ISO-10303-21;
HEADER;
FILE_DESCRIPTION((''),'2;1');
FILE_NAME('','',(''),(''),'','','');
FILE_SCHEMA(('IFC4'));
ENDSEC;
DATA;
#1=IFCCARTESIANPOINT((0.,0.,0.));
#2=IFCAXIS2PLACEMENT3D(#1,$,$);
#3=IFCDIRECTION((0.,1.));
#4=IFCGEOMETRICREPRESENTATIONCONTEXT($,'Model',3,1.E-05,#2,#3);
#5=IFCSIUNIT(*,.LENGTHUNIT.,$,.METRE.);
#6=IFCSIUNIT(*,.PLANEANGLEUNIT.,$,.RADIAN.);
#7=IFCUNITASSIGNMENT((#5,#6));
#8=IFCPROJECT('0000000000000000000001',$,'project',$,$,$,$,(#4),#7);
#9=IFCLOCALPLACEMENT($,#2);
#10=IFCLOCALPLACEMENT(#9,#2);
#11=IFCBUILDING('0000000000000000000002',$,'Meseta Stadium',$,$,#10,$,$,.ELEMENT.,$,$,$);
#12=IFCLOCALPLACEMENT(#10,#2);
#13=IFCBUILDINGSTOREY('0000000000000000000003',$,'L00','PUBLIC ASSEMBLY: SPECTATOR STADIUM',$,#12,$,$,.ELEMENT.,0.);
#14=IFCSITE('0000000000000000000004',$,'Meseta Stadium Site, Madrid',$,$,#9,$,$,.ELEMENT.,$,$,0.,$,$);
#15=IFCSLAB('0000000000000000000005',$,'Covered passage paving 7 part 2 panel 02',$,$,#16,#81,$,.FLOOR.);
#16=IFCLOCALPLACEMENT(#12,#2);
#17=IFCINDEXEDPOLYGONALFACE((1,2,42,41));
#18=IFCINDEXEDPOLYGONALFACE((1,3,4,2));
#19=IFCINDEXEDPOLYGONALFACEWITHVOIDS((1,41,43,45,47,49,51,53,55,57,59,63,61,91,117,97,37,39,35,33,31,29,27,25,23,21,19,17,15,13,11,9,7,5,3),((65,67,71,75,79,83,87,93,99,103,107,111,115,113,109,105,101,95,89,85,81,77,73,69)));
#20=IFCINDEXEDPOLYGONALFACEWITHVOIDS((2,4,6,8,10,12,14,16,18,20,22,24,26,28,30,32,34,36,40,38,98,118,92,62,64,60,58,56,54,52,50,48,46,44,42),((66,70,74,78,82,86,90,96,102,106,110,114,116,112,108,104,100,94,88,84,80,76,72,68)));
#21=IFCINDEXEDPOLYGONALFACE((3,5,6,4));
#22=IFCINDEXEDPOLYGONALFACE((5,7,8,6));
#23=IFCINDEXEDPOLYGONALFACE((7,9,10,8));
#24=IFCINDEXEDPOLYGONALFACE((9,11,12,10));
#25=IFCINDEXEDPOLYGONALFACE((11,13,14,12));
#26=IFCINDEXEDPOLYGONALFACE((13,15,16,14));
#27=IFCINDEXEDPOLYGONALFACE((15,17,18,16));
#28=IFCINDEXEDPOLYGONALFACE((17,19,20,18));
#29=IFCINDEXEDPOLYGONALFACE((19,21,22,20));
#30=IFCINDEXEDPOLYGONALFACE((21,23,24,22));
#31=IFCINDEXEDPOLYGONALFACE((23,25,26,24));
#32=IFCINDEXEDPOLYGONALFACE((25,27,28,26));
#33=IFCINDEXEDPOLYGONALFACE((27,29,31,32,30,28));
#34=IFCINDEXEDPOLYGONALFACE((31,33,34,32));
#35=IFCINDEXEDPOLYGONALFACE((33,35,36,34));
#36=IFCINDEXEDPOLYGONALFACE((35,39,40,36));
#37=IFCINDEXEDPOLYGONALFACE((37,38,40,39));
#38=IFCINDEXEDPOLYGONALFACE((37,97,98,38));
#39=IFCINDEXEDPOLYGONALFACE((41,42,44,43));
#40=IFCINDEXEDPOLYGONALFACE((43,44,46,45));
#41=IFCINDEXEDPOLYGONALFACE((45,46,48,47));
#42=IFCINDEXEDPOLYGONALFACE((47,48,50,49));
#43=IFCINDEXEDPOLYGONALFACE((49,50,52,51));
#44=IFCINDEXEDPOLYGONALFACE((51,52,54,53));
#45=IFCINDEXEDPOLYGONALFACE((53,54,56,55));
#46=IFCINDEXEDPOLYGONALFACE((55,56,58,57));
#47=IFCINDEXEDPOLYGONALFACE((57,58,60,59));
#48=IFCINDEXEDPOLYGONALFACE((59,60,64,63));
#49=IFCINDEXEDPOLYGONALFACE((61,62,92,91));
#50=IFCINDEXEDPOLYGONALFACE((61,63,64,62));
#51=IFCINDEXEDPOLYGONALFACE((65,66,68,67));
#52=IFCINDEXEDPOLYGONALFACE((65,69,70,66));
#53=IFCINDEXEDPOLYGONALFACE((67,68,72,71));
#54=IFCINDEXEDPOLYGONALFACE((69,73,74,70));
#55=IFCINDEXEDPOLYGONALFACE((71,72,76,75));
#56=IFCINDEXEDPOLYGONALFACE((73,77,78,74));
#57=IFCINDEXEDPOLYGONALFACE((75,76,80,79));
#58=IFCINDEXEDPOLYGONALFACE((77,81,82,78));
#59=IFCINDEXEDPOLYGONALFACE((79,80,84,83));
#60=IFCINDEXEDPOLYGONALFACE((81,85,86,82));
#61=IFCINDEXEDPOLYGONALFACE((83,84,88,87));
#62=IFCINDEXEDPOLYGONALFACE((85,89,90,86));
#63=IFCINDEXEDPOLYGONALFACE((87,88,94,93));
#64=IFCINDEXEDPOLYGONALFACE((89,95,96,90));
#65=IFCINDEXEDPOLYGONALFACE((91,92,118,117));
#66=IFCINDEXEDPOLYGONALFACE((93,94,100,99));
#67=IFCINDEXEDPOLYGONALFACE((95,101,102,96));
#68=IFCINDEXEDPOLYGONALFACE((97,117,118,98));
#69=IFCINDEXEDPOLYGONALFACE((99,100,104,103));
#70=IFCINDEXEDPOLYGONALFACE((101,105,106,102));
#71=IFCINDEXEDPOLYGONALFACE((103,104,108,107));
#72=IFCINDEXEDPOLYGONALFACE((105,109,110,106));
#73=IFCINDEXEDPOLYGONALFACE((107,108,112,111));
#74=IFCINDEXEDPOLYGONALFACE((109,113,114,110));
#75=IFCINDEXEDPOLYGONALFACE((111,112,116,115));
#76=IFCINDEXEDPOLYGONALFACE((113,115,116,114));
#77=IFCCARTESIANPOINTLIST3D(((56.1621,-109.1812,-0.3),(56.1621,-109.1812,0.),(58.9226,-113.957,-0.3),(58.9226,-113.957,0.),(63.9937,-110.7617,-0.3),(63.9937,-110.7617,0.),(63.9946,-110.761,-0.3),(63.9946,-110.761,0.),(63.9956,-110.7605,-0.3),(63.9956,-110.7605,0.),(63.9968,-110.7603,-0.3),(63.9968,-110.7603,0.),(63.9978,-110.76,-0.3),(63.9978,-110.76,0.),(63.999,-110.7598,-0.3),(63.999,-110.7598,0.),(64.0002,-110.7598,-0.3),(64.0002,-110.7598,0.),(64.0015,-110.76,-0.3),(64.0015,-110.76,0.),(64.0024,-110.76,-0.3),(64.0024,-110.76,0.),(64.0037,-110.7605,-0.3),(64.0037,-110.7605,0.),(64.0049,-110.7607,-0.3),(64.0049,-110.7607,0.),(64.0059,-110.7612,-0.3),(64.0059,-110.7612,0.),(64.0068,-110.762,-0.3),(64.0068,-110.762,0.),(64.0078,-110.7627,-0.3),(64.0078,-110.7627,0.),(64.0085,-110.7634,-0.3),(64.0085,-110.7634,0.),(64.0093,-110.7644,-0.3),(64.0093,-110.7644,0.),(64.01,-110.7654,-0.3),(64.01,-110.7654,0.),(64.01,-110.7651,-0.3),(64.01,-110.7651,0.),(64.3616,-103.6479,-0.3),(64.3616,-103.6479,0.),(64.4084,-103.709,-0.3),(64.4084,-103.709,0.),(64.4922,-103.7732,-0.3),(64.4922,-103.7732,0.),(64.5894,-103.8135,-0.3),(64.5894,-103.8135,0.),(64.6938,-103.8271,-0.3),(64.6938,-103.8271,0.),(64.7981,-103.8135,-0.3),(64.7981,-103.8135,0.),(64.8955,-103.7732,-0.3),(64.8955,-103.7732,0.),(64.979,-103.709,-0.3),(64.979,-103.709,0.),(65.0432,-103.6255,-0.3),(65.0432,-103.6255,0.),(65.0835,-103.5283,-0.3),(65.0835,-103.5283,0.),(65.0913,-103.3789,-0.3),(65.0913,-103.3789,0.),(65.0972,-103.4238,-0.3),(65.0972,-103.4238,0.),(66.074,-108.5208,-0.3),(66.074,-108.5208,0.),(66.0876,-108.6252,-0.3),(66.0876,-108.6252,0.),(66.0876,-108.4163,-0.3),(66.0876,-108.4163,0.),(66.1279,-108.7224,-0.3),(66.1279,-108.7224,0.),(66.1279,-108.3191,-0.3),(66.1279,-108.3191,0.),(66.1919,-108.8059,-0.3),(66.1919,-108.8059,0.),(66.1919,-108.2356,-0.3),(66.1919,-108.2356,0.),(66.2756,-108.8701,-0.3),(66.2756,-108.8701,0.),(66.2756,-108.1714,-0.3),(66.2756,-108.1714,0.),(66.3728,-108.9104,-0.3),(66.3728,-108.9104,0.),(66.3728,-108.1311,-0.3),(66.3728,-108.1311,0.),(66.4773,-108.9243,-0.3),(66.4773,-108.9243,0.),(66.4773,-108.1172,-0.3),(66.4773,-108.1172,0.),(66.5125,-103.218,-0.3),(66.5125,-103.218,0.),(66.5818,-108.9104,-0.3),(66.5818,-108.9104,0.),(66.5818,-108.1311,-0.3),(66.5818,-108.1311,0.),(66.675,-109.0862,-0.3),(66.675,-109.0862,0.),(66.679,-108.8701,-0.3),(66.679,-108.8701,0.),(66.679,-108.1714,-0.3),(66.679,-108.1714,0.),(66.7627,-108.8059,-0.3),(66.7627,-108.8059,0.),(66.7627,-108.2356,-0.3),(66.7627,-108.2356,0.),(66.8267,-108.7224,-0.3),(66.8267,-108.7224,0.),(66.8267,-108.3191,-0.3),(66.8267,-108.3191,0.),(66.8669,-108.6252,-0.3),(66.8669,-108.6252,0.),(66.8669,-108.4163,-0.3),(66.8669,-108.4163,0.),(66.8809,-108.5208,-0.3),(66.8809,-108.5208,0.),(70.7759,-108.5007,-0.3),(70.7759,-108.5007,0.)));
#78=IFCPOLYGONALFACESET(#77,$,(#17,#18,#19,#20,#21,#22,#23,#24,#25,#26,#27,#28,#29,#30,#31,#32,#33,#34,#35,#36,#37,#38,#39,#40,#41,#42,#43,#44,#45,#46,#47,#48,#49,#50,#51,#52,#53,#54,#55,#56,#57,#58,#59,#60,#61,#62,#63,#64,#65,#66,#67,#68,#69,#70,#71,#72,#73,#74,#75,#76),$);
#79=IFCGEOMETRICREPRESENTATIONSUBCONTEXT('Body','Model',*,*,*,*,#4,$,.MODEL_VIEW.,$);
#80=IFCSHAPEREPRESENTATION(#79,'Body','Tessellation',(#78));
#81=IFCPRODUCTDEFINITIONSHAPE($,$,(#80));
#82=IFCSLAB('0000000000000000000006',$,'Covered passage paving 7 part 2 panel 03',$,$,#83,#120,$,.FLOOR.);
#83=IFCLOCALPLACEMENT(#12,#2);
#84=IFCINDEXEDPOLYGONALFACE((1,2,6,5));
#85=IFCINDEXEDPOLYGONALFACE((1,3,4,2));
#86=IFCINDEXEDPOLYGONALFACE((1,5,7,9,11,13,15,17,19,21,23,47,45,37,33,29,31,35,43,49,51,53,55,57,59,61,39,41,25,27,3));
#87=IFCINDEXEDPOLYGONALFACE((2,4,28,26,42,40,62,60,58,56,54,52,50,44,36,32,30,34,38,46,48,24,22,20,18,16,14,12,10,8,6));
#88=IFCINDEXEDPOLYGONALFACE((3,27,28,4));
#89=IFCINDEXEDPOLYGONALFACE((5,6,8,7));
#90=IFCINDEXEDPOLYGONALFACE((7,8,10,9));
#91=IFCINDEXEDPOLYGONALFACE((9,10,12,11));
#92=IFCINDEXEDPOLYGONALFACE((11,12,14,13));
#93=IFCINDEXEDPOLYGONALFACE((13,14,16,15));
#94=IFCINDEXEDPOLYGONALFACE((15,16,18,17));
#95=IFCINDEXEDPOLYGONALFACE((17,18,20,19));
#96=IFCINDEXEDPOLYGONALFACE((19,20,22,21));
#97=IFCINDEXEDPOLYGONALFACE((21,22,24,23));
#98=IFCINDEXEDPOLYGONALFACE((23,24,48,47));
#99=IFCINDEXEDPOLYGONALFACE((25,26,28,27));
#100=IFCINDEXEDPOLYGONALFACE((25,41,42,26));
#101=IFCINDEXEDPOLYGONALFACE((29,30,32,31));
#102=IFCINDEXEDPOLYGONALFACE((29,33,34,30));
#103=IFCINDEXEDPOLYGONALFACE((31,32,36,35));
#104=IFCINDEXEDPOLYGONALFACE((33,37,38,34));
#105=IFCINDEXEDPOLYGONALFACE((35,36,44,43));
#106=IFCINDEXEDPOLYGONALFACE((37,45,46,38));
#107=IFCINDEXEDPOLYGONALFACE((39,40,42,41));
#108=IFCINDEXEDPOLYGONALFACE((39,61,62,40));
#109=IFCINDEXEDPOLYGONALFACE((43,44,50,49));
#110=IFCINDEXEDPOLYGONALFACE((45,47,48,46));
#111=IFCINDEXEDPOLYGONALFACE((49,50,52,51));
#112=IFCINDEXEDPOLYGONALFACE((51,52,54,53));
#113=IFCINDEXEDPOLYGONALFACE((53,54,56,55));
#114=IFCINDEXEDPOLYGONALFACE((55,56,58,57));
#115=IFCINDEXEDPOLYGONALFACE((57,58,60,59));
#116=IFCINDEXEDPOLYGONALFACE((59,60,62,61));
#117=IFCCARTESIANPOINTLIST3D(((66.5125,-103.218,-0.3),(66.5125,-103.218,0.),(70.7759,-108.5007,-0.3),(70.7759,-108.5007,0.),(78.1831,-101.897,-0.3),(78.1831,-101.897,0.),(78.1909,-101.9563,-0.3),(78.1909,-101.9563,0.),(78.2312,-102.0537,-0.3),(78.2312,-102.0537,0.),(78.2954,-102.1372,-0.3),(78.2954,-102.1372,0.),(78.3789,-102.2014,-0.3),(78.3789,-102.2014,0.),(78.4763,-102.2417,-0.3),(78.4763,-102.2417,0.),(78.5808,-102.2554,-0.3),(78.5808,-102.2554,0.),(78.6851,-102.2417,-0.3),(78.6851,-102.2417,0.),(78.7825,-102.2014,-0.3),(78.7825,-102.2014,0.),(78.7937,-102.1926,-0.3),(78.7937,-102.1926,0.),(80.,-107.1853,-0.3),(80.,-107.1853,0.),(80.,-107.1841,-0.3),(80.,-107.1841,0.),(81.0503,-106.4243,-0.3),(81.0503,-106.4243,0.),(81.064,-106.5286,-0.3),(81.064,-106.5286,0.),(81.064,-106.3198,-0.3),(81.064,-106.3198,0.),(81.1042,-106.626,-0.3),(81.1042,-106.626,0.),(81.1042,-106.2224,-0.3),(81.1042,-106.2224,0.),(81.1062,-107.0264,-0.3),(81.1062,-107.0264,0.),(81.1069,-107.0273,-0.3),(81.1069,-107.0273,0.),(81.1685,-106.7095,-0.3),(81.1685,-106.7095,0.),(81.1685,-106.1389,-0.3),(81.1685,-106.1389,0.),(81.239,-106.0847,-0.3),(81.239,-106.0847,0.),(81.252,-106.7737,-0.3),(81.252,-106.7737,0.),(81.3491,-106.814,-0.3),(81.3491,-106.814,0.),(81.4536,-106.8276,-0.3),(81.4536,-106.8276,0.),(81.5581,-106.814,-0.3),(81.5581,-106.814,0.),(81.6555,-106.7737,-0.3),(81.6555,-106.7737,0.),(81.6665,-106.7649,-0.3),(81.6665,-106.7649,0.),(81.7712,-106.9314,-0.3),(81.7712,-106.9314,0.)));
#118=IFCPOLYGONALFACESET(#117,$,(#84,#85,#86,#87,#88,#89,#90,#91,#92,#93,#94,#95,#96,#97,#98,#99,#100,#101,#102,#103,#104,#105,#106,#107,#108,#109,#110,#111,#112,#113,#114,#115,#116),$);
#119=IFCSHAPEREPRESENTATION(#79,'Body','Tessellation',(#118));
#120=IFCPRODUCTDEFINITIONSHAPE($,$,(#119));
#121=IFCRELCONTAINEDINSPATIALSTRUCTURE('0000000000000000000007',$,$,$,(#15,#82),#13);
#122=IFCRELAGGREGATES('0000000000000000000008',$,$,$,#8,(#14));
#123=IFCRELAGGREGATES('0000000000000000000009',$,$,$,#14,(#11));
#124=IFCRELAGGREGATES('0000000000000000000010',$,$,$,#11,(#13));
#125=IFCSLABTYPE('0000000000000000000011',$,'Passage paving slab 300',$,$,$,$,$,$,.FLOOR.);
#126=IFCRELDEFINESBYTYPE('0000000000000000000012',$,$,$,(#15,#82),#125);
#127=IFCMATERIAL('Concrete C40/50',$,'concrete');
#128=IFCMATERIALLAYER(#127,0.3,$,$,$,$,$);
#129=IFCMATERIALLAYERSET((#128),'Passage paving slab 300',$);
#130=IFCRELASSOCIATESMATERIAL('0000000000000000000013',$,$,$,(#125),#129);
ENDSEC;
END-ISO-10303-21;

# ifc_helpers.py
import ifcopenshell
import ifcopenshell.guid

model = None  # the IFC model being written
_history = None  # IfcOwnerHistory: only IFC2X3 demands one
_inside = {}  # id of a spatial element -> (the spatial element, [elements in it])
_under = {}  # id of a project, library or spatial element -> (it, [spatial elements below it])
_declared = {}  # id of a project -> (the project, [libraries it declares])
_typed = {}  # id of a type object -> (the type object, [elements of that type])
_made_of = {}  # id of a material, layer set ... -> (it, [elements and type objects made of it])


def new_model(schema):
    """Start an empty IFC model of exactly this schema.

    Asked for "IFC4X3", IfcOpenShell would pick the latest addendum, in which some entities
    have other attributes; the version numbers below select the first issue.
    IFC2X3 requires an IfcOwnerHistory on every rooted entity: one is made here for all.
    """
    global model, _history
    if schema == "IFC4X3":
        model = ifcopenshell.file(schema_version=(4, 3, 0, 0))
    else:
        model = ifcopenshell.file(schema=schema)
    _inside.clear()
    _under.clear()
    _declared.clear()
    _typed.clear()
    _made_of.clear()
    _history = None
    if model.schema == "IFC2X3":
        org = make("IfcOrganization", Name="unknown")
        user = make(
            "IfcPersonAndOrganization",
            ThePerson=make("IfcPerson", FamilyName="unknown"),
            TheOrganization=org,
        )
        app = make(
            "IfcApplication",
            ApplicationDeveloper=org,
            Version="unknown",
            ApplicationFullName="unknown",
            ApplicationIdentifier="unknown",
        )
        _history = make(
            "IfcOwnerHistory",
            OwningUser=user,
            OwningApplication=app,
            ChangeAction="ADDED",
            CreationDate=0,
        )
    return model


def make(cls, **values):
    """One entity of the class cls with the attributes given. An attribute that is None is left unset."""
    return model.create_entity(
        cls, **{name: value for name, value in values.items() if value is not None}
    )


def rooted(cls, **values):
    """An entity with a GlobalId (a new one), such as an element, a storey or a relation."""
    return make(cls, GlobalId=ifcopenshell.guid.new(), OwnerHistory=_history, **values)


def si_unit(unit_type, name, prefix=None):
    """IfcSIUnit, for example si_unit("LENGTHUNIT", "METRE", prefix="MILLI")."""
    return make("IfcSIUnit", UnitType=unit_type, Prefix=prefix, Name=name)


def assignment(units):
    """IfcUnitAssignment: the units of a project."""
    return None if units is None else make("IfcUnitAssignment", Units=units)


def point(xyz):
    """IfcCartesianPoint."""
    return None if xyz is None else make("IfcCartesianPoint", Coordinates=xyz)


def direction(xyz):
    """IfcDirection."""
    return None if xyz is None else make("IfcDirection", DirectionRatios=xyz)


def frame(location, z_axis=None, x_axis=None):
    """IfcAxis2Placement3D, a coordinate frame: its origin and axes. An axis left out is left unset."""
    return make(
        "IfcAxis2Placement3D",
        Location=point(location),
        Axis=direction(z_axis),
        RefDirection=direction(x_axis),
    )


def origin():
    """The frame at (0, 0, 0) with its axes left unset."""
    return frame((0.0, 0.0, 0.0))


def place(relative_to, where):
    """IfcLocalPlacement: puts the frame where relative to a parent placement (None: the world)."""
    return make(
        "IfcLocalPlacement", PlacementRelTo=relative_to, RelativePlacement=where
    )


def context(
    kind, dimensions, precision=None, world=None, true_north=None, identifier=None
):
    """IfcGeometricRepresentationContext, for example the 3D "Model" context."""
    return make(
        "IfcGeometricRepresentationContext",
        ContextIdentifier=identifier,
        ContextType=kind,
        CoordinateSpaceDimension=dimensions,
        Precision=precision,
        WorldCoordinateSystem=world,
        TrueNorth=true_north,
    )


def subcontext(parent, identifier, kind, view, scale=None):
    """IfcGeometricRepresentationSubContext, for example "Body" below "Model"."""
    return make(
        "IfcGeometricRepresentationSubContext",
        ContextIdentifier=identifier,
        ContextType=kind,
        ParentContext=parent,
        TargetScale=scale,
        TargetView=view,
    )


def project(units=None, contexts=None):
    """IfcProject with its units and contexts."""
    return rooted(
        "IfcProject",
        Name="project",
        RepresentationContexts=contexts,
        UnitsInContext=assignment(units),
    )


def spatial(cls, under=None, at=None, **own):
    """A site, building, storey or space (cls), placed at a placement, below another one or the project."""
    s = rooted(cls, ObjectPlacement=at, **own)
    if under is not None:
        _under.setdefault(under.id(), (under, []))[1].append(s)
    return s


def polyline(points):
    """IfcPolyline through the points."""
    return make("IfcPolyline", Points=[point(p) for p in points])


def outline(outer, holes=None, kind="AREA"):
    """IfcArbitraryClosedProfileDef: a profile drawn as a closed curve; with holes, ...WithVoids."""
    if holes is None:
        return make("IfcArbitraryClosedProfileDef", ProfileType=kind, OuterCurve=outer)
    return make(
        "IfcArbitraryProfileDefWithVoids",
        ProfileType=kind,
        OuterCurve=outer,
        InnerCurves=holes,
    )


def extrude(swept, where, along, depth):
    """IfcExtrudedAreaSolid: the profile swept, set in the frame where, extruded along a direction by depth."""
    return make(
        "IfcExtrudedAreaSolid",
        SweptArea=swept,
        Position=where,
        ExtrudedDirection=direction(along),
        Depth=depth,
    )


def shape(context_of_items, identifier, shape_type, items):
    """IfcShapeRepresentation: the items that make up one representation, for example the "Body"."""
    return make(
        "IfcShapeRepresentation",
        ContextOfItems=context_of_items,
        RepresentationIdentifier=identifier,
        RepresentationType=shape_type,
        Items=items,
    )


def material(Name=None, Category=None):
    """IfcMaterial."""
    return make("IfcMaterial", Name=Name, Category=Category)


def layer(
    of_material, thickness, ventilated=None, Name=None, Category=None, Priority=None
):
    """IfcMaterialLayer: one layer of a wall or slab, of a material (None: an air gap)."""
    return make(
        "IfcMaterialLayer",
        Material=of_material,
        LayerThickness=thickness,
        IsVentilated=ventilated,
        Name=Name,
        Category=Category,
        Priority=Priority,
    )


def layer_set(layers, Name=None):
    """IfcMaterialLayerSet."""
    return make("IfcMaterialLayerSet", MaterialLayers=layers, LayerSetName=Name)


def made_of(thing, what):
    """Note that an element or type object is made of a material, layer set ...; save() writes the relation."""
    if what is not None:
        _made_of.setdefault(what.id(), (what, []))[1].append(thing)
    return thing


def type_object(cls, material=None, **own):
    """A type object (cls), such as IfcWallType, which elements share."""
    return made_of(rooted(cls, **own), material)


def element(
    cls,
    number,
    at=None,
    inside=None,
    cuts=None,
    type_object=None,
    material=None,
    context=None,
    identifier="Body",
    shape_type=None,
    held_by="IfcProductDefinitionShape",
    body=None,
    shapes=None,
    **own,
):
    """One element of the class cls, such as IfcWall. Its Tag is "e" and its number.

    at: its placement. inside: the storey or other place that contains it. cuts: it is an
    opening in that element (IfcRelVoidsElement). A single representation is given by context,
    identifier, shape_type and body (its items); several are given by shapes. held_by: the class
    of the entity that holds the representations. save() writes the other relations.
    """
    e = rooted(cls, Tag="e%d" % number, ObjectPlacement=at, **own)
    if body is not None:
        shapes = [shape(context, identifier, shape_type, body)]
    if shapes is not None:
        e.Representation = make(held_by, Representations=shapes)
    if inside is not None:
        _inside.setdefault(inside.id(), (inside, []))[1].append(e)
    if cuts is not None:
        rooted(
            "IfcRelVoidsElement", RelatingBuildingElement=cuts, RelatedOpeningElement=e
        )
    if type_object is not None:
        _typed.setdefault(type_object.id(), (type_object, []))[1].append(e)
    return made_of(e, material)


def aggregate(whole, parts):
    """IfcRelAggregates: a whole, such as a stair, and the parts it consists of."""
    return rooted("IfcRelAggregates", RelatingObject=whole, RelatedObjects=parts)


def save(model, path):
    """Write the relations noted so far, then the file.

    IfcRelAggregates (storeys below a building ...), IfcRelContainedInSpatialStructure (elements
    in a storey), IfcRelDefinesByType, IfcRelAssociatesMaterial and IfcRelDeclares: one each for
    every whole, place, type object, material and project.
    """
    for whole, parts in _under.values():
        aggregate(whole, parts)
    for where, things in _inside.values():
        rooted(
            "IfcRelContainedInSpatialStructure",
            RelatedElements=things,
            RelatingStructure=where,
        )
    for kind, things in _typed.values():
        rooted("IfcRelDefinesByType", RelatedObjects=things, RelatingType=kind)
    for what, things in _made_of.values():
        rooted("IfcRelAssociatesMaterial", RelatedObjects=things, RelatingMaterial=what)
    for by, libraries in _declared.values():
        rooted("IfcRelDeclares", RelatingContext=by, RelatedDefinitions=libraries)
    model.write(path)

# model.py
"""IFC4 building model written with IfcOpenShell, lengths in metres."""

from ifc_helpers import new_model, si_unit, direction, frame, origin, place, context, subcontext, project, spatial, polyline, outline, extrude, material, layer, layer_set, type_object, element, save


model = new_model("IFC4")

# Units and contexts
model_context = context("Model", 3, precision=1e-05, world=origin(), true_north=direction((0.0, 1.0)))
body_context = subcontext(model_context, "Body", "Model", "MODEL_VIEW")
ifc_project = project(units=[si_unit("LENGTHUNIT", "METRE"), si_unit("PLANEANGLEUNIT", "RADIAN")], contexts=[model_context])

# Site, building, storey
site_placement = place(None, origin())
site = spatial("IfcSite", under=ifc_project, at=site_placement, Name="Meseta Stadium Site, Madrid", CompositionType="ELEMENT", RefElevation=0.0)
building_placement = place(site_placement, origin())
building = spatial("IfcBuilding", under=site, at=building_placement, Name="Meseta Stadium", CompositionType="ELEMENT")
storey_placement = place(building_placement, origin())
storey = spatial("IfcBuildingStorey", under=building, at=storey_placement, Name="L00", Description="PUBLIC ASSEMBLY: SPECTATOR STADIUM", CompositionType="ELEMENT", Elevation=0.0)

# Slabs
ifc_material_1 = material(Name="Concrete C40/50", Category="concrete")
ifc_layer_1 = layer(ifc_material_1, 0.3)
ifc_layer_set_1 = layer_set([ifc_layer_1], Name="Passage paving slab 300")
slab_type_1 = type_object("IfcSlabType", Name="Passage paving slab 300", PredefinedType="FLOOR", material=ifc_layer_set_1)
slab_1_placement = place(storey_placement, frame((0.0, 0.0, -0.3)))
element("IfcSlab", 1, at=slab_1_placement, inside=storey, type_object=slab_type_1, Name="Covered passage paving 7 part 2 panel 02", PredefinedType="FLOOR", context=body_context, shape_type="SweptSolid", body=[
    extrude(outline(polyline([(56.1621, -109.1812), (58.9226, -113.957), (63.9937, -110.7617), (63.9946, -110.761), (63.9956, -110.7605), (63.9968, -110.7603), (63.9978, -110.76), (63.999, -110.7598), (64.0002, -110.7598), (64.0015, -110.76), (64.0024, -110.76), (64.0037, -110.7605), (64.0049, -110.7607), (64.0059, -110.7612), (64.0068, -110.762), (64.0078, -110.7627), (64.0085, -110.7634), (64.0093, -110.7644), (64.01, -110.7651), (64.01, -110.7654), (66.675, -109.0862), (70.7759, -108.5007), (66.5125, -103.218), (65.0913, -103.3789), (65.0972, -103.4238), (65.0835, -103.5283), (65.0432, -103.6255), (64.979, -103.709), (64.8955, -103.7732), (64.7981, -103.8135), (64.6938, -103.8271), (64.5894, -103.8135), (64.4922, -103.7732), (64.4084, -103.709), (64.3616, -103.6479), (56.1621, -109.1812)]), holes=[polyline([(66.7627, -108.8059), (66.679, -108.8701), (66.5818, -108.9104), (66.4773, -108.9243), (66.3728, -108.9104), (66.2756, -108.8701), (66.1919, -108.8059), (66.1279, -108.7224), (66.0876, -108.6252), (66.074, -108.5208), (66.0876, -108.4163), (66.1279, -108.3191), (66.1919, -108.2356), (66.2756, -108.1714), (66.3728, -108.1311), (66.4773, -108.1172), (66.5818, -108.1311), (66.679, -108.1714), (66.7627, -108.2356), (66.8267, -108.3191), (66.8669, -108.4163), (66.8809, -108.5208), (66.8669, -108.6252), (66.8267, -108.7224), (66.7627, -108.8059)])]), origin(), (0.0, 0.0, 1.0), 0.3),
])
slab_2_placement = place(storey_placement, frame((0.0, 0.0, -0.3)))
element("IfcSlab", 2, at=slab_2_placement, inside=storey, type_object=slab_type_1, Name="Covered passage paving 7 part 2 panel 03", PredefinedType="FLOOR", context=body_context, shape_type="SweptSolid", body=[
    extrude(outline(polyline([(66.5125, -103.218), (70.7759, -108.5007), (80.0, -107.1841), (80.0, -107.1853), (81.1069, -107.0273), (81.1062, -107.0264), (81.7712, -106.9314), (81.6665, -106.7649), (81.6555, -106.7737), (81.5581, -106.814), (81.4536, -106.8276), (81.3491, -106.814), (81.252, -106.7737), (81.1685, -106.7095), (81.1042, -106.626), (81.064, -106.5286), (81.0503, -106.4243), (81.064, -106.3198), (81.1042, -106.2224), (81.1685, -106.1389), (81.239, -106.0847), (78.7937, -102.1926), (78.7825, -102.2014), (78.6851, -102.2417), (78.5808, -102.2554), (78.4763, -102.2417), (78.3789, -102.2014), (78.2954, -102.1372), (78.2312, -102.0537), (78.1909, -101.9563), (78.1831, -101.897), (66.5125, -103.218)])), origin(), (0.0, 0.0, 1.0), 0.3),
])

save(model, "model.ifc")
